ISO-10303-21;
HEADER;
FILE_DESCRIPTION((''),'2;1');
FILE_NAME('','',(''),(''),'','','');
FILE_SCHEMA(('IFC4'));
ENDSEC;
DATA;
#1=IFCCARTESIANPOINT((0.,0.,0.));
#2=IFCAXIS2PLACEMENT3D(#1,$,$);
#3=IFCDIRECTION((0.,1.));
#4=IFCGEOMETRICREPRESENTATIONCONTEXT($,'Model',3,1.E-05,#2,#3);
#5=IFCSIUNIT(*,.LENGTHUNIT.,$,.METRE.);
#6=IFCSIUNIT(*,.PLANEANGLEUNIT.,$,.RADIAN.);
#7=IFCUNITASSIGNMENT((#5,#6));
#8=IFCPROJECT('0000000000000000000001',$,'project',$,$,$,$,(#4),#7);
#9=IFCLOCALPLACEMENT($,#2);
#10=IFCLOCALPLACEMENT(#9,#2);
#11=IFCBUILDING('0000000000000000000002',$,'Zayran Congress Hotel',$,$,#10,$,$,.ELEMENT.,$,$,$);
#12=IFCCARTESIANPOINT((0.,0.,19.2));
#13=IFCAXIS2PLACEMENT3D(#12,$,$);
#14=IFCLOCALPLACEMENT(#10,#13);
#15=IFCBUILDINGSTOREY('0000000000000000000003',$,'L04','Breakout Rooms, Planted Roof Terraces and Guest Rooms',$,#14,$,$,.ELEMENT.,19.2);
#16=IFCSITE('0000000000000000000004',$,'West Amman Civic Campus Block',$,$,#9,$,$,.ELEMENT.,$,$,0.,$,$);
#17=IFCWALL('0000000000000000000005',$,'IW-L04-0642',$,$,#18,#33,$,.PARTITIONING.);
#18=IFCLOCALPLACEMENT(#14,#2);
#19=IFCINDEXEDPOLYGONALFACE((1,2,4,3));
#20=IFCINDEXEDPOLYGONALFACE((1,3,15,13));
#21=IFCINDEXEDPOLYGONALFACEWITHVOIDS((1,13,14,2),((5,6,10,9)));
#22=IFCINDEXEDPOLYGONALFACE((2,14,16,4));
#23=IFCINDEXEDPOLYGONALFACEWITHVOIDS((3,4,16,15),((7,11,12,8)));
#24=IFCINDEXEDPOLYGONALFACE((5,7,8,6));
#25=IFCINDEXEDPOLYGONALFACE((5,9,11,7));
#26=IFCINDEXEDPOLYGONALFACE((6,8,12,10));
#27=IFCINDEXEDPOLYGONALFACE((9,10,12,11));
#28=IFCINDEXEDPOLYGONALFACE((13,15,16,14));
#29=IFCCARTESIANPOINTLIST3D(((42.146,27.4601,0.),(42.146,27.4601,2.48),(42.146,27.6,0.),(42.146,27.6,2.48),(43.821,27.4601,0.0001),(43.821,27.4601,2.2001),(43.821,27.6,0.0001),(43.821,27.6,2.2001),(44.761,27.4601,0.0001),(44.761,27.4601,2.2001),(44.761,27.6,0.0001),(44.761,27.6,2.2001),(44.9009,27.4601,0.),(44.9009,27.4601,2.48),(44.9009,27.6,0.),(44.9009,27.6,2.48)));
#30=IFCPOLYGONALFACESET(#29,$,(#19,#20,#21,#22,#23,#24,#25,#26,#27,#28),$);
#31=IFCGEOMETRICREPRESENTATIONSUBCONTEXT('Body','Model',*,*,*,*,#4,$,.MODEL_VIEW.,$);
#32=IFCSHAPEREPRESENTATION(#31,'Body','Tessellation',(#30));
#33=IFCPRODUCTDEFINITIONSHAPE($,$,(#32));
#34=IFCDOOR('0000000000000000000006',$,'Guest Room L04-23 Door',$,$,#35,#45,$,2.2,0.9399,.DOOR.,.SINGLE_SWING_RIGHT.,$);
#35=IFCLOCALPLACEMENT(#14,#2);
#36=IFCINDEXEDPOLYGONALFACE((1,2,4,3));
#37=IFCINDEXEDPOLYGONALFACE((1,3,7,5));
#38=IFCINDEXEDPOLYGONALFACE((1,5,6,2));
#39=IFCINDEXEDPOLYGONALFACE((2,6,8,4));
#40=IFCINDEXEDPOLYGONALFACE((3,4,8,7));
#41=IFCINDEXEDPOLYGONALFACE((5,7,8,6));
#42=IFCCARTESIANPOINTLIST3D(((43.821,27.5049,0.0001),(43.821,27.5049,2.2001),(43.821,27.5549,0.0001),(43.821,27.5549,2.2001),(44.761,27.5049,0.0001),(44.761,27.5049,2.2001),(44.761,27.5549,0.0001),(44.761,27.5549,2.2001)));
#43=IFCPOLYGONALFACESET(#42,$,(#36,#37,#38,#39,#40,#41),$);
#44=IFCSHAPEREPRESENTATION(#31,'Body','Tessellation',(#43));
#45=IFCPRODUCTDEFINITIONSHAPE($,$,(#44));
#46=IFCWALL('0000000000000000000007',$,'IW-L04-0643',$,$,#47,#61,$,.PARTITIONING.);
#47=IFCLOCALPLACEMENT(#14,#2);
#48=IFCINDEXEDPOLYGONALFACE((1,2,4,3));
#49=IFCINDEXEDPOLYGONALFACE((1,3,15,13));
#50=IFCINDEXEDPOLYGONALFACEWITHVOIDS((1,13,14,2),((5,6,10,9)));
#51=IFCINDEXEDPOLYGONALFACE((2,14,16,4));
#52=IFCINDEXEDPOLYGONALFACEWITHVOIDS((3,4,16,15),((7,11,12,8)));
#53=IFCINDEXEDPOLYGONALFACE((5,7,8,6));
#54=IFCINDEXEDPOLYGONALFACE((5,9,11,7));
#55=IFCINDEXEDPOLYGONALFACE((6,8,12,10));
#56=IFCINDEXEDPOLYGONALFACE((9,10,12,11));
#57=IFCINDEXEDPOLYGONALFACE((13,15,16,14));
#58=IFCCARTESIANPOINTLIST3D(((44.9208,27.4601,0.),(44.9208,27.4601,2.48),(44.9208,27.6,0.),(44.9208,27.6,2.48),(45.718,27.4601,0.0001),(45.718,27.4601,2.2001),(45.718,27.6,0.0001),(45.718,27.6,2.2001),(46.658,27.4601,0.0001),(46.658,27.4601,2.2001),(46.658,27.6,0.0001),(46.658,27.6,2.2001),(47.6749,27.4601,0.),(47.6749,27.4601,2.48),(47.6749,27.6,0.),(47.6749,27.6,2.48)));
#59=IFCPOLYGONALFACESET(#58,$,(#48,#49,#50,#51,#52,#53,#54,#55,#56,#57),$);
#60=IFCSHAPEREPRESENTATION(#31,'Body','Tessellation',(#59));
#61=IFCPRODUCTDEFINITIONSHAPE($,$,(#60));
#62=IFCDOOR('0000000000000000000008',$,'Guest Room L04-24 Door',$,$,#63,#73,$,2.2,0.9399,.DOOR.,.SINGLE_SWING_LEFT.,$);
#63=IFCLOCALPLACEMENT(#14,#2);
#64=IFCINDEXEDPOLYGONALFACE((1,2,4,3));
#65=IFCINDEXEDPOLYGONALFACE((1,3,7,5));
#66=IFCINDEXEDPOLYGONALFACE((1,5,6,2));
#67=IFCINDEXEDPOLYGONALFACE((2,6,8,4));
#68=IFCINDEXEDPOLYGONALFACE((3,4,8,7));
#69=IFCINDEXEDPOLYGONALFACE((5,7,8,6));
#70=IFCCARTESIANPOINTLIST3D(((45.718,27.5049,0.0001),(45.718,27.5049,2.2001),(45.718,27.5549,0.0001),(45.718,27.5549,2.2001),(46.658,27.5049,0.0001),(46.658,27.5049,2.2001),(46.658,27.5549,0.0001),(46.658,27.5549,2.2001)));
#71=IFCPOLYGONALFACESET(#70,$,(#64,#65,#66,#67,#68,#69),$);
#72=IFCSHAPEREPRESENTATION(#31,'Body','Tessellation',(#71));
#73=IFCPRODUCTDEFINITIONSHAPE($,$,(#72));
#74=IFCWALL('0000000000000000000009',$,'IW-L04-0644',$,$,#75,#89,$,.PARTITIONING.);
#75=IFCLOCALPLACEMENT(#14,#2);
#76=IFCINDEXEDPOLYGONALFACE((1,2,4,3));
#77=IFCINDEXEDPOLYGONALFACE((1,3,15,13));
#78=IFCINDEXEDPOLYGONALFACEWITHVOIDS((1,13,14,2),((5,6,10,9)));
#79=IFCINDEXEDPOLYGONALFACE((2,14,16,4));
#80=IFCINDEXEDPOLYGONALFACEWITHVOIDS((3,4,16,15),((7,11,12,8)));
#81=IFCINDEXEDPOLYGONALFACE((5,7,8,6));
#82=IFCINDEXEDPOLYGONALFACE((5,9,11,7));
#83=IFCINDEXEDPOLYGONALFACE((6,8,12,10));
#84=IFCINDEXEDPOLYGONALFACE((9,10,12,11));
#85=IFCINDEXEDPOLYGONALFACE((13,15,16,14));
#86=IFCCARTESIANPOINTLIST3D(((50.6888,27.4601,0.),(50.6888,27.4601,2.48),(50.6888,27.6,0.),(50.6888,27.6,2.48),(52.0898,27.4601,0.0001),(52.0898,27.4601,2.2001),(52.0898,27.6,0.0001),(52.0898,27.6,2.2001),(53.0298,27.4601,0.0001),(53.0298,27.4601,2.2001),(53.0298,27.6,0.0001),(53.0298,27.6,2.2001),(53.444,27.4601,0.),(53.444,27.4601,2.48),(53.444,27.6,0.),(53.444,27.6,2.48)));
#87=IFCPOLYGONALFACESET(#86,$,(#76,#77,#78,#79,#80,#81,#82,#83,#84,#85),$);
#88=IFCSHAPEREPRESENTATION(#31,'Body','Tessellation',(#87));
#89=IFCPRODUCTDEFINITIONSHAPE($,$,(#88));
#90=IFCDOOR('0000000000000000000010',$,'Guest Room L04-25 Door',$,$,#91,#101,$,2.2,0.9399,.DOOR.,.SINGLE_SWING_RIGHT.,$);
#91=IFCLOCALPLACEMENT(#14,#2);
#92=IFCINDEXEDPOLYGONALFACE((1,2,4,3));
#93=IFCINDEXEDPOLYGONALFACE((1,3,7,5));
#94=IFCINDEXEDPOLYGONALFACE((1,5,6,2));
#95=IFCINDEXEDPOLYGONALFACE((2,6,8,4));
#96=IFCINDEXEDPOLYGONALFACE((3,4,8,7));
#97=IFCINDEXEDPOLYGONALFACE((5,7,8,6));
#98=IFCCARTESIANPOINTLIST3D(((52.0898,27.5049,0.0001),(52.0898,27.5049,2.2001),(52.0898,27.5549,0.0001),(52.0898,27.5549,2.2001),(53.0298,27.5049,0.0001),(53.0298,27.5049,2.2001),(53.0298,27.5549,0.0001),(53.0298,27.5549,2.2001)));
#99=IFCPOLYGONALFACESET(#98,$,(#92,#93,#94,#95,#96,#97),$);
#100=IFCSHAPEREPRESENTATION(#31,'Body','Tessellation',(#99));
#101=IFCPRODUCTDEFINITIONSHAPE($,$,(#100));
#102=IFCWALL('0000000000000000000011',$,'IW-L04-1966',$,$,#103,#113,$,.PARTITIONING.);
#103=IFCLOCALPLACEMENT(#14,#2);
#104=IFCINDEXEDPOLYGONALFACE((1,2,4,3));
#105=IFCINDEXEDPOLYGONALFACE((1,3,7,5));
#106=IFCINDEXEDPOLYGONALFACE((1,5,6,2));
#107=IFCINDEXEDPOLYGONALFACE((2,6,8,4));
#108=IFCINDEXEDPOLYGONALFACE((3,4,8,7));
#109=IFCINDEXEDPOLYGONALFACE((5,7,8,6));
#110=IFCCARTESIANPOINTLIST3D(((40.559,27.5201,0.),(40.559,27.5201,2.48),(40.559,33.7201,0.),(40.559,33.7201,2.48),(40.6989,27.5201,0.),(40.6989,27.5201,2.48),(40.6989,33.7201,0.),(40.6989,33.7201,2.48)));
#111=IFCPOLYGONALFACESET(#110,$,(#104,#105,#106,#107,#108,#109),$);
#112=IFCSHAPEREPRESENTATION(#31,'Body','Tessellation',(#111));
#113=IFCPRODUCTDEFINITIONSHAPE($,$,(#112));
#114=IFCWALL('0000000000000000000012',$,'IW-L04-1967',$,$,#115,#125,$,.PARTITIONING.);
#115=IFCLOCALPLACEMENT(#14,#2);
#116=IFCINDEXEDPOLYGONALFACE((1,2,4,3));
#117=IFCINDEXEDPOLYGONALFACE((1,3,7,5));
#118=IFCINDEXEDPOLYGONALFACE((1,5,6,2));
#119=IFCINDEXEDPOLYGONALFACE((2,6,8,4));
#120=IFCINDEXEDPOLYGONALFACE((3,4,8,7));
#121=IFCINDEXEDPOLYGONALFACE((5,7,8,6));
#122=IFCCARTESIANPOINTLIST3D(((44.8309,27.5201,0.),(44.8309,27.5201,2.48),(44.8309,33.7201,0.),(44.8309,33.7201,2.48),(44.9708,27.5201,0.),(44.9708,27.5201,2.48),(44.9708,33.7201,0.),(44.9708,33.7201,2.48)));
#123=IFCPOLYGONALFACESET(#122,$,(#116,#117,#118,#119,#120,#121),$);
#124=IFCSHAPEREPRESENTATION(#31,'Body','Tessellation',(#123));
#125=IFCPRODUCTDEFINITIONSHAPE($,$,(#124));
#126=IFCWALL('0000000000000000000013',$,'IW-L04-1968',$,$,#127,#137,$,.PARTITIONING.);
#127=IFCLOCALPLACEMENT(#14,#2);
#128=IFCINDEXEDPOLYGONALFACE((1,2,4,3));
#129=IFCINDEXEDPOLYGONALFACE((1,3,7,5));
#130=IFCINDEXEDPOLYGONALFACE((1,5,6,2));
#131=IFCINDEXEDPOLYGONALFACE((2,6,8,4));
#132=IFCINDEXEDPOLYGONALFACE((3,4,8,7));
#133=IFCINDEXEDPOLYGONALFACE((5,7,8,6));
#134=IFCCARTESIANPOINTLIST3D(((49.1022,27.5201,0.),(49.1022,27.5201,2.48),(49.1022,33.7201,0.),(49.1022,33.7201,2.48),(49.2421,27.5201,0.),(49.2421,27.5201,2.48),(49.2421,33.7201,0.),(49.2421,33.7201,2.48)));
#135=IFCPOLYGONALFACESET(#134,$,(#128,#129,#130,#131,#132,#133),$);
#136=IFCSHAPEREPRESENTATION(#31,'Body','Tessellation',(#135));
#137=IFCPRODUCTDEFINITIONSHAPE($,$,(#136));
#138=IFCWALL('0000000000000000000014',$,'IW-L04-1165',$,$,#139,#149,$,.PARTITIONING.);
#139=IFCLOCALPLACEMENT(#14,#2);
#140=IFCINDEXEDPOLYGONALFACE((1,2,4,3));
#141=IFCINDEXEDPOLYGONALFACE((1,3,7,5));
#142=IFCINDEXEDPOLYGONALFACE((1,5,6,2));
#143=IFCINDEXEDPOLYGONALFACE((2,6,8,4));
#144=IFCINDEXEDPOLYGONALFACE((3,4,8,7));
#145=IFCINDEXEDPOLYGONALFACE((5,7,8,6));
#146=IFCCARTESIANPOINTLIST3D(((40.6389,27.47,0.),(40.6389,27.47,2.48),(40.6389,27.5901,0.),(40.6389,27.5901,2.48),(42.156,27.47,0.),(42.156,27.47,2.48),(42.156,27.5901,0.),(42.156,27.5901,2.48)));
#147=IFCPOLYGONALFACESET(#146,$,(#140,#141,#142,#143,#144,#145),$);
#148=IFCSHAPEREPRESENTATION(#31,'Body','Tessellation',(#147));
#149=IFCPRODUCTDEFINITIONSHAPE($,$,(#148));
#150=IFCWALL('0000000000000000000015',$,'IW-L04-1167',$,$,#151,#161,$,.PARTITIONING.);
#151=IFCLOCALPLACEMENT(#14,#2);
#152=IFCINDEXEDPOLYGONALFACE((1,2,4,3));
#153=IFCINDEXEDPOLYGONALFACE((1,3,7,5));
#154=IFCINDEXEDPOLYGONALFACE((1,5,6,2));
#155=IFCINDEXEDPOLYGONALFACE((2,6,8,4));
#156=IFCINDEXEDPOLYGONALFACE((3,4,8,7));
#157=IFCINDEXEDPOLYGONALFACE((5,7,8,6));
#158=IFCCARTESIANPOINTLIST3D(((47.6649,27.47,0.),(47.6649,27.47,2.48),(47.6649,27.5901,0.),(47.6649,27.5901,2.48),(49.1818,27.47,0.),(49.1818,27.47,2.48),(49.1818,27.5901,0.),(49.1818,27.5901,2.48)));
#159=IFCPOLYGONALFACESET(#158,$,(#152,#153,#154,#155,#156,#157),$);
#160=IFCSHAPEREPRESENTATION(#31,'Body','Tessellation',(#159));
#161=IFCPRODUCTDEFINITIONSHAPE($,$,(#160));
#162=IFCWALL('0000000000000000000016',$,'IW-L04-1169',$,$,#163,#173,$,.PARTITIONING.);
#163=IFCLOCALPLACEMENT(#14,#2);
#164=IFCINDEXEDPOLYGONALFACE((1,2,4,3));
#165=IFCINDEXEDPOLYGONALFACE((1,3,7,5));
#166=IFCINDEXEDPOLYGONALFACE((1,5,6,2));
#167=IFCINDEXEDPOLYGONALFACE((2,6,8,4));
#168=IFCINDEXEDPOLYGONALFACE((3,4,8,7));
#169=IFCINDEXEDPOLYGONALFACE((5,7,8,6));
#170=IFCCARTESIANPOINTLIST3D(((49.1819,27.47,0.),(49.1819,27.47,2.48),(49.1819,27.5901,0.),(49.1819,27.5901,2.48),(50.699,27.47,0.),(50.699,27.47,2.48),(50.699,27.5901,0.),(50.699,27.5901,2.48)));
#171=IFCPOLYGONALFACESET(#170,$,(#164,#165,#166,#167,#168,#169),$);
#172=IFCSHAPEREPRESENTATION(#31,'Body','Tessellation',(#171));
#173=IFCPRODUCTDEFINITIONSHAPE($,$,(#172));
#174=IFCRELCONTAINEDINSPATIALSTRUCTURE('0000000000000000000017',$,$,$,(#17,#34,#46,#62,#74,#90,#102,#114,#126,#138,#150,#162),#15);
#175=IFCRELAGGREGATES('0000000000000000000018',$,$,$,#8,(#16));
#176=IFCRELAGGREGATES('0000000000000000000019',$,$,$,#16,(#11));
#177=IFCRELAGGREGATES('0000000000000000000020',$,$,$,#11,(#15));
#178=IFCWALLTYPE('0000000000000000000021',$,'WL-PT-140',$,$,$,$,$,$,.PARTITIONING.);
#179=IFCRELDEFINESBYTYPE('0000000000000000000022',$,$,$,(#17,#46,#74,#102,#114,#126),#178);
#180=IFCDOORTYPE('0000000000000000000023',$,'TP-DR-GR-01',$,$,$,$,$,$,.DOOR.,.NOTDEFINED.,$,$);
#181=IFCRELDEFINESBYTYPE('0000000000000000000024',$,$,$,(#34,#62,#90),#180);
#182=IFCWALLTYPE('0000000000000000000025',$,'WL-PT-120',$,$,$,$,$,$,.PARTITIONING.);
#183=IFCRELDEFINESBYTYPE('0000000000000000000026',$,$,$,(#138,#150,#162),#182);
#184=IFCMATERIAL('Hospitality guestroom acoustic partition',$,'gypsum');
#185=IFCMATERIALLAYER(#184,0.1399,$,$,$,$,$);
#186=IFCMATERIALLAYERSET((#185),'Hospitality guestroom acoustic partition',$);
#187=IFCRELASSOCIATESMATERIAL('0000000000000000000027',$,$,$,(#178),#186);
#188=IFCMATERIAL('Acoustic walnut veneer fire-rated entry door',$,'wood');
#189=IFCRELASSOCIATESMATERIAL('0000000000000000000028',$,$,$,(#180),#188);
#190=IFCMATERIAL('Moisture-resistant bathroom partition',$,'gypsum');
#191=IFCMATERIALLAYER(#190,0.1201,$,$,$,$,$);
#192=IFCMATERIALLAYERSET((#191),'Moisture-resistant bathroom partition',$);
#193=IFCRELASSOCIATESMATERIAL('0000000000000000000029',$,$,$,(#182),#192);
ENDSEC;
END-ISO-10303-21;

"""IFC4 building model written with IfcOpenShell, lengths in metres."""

from ifc_helpers import new_model, si_unit, direction, frame, frame_2d, origin, place, context, subcontext, project, spatial, rectangle, extrude, material, layer, layer_set, type_object, element, fill, save


model = new_model("IFC4")

# Units and contexts
model_context = context("Model", 3, precision=1e-05, world=origin(), true_north=direction((0.0, 1.0)))
body_context = subcontext(model_context, "Body", "Model", "MODEL_VIEW")
ifc_project = project(units=[si_unit("LENGTHUNIT", "METRE"), si_unit("PLANEANGLEUNIT", "RADIAN")], contexts=[model_context])

# Site, building, storey
site_placement = place(None, origin())
site = spatial("IfcSite", under=ifc_project, at=site_placement, Name="West Amman Civic Campus Block", CompositionType="ELEMENT", RefElevation=0.0)
building_placement = place(site_placement, origin())
building = spatial("IfcBuilding", under=site, at=building_placement, Name="Zayran Congress Hotel", CompositionType="ELEMENT")
storey_placement = place(building_placement, frame((0.0, 0.0, 19.2)))
storey = spatial("IfcBuildingStorey", under=building, at=storey_placement, Name="L04", Description="Breakout Rooms, Planted Roof Terraces and Guest Rooms", CompositionType="ELEMENT", Elevation=19.2)

# Walls, openings, doors
ifc_material_1 = material(Name="Hospitality guestroom acoustic partition", Category="gypsum")
ifc_layer_1 = layer(ifc_material_1, 0.1399)
ifc_layer_set_1 = layer_set([ifc_layer_1], Name="Hospitality guestroom acoustic partition")
wall_type_1 = type_object("IfcWallType", Name="WL-PT-140", PredefinedType="PARTITIONING", material=ifc_layer_set_1)
wall_1_placement = place(storey_placement, frame((42.146, 27.53, 0.0), z_axis=(0.0, 0.0, 1.0), x_axis=(1.0, 0.0, 0.0)))
wall_1 = element("IfcWall", 1, at=wall_1_placement, inside=storey, type_object=wall_type_1, Name="IW-L04-0642", PredefinedType="PARTITIONING", context=body_context, shape_type="SweptSolid", body=[
    extrude(rectangle(XDim=2.7549, YDim=0.1399, at=frame_2d((1.3774, 0.0))), origin(), (0.0, 0.0, 1.0), 2.48),
])
opening_1_placement = place(wall_1_placement, frame((1.675, 0.0, 0.0)))
opening_1 = element("IfcOpeningElement", 2, at=opening_1_placement, cuts=wall_1, PredefinedType="OPENING", context=body_context, shape_type="SweptSolid", body=[
    extrude(rectangle(XDim=0.9399, YDim=2.2, at=frame_2d((0.47, 1.1001))), frame((0.0, 0.0798, 0.0), z_axis=(0.0, -1.0, 0.0), x_axis=(1.0, 0.0, 0.0)), (0.0, 0.0, 1.0), 0.1599),
])
ifc_material_2 = material(Name="Acoustic walnut veneer fire-rated entry door", Category="wood")
door_type_1 = type_object("IfcDoorType", Name="TP-DR-GR-01", OperationType="NOTDEFINED", PredefinedType="DOOR", material=ifc_material_2)
door_1_placement = place(opening_1_placement, origin())
door_1 = element("IfcDoor", 3, at=door_1_placement, inside=storey, type_object=door_type_1, Name="Guest Room L04-23 Door", OperationType="SINGLE_SWING_RIGHT", OverallHeight=2.2, OverallWidth=0.9399, PredefinedType="DOOR", context=body_context, shape_type="SweptSolid", body=[
    extrude(rectangle(XDim=0.9399, YDim=2.2, at=frame_2d((0.47, 1.1001))), frame((0.0, 0.0249, 0.0), z_axis=(0.0, -1.0, 0.0), x_axis=(1.0, 0.0, 0.0)), (0.0, 0.0, 1.0), 0.05),
])
fill(opening_1, door_1)
wall_2_placement = place(storey_placement, frame((44.9209, 27.53, 0.0), z_axis=(0.0, 0.0, 1.0), x_axis=(1.0, 0.0, 0.0)))
wall_2 = element("IfcWall", 4, at=wall_2_placement, inside=storey, type_object=wall_type_1, Name="IW-L04-0643", PredefinedType="PARTITIONING", context=body_context, shape_type="SweptSolid", body=[
    extrude(rectangle(XDim=2.7542, YDim=0.1399, at=frame_2d((1.377, 0.0))), origin(), (0.0, 0.0, 1.0), 2.48),
])
opening_2_placement = place(wall_2_placement, frame((0.7971, 0.0, 0.0)))
opening_2 = element("IfcOpeningElement", 5, at=opening_2_placement, cuts=wall_2, PredefinedType="OPENING", context=body_context, shape_type="SweptSolid", body=[
    extrude(rectangle(XDim=0.9399, YDim=2.2, at=frame_2d((0.47, 1.1001))), frame((0.0, 0.0798, 0.0), z_axis=(0.0, -1.0, 0.0), x_axis=(1.0, 0.0, 0.0)), (0.0, 0.0, 1.0), 0.1599),
])
door_2_placement = place(opening_2_placement, origin())
door_2 = element("IfcDoor", 6, at=door_2_placement, inside=storey, type_object=door_type_1, Name="Guest Room L04-24 Door", OperationType="SINGLE_SWING_LEFT", OverallHeight=2.2, OverallWidth=0.9399, PredefinedType="DOOR", context=body_context, shape_type="SweptSolid", body=[
    extrude(rectangle(XDim=0.9399, YDim=2.2, at=frame_2d((0.47, 1.1001))), frame((0.0, 0.0249, 0.0), z_axis=(0.0, -1.0, 0.0), x_axis=(1.0, 0.0, 0.0)), (0.0, 0.0, 1.0), 0.05),
])
fill(opening_2, door_2)
wall_3_placement = place(storey_placement, frame((50.689, 27.53, 0.0), z_axis=(0.0, 0.0, 1.0), x_axis=(1.0, 0.0, 0.0)))
wall_3 = element("IfcWall", 7, at=wall_3_placement, inside=storey, type_object=wall_type_1, Name="IW-L04-0644", PredefinedType="PARTITIONING", context=body_context, shape_type="SweptSolid", body=[
    extrude(rectangle(XDim=2.7551, YDim=0.1399, at=frame_2d((1.3774, 0.0))), origin(), (0.0, 0.0, 1.0), 2.48),
])
opening_3_placement = place(wall_3_placement, frame((1.4009, 0.0, 0.0)))
opening_3 = element("IfcOpeningElement", 8, at=opening_3_placement, cuts=wall_3, PredefinedType="OPENING", context=body_context, shape_type="SweptSolid", body=[
    extrude(rectangle(XDim=0.9399, YDim=2.2, at=frame_2d((0.47, 1.1001))), frame((0.0, 0.0798, 0.0), z_axis=(0.0, -1.0, 0.0), x_axis=(1.0, 0.0, 0.0)), (0.0, 0.0, 1.0), 0.1599),
])
door_3_placement = place(opening_3_placement, origin())
door_3 = element("IfcDoor", 9, at=door_3_placement, inside=storey, type_object=door_type_1, Name="Guest Room L04-25 Door", OperationType="SINGLE_SWING_RIGHT", OverallHeight=2.2, OverallWidth=0.9399, PredefinedType="DOOR", context=body_context, shape_type="SweptSolid", body=[
    extrude(rectangle(XDim=0.9399, YDim=2.2, at=frame_2d((0.47, 1.1001))), frame((0.0, 0.0249, 0.0), z_axis=(0.0, -1.0, 0.0), x_axis=(1.0, 0.0, 0.0)), (0.0, 0.0, 1.0), 0.05),
])
fill(opening_3, door_3)

# Walls
for number, where, z_axis, x_axis, name in (
    (10, (40.6289, 27.52, 0.0), (0.0, 0.0, 1.0), (0.0, 1.0, 0.0), "IW-L04-1966"),
    (11, (44.9009, 27.52, 0.0), (0.0, 0.0, 1.0), (0.0, 1.0, 0.0), "IW-L04-1967"),
    (12, (49.1721, 27.52, 0.0), (0.0, 0.0, 1.0), (0.0, 1.0, 0.0), "IW-L04-1968"),
):
    element("IfcWall", number, at=place(storey_placement, frame(where, z_axis=z_axis, x_axis=x_axis)), inside=storey, type_object=wall_type_1, Name=name, PredefinedType="PARTITIONING", context=body_context, shape_type="SweptSolid", body=[
        extrude(rectangle(XDim=6.2, YDim=0.1399, at=frame_2d((3.1001, 0.0))), origin(), (0.0, 0.0, 1.0), 2.48),
    ])

# Shared definitions
ifc_material_3 = material(Name="Moisture-resistant bathroom partition", Category="gypsum")
ifc_layer_2 = layer(ifc_material_3, 0.1201)
ifc_layer_set_2 = layer_set([ifc_layer_2], Name="Moisture-resistant bathroom partition")
wall_type_2 = type_object("IfcWallType", Name="WL-PT-120", PredefinedType="PARTITIONING", material=ifc_layer_set_2)

# Walls
wall_4_placement = place(storey_placement, frame((40.6389, 27.53, 0.0), z_axis=(0.0, 0.0, 1.0), x_axis=(1.0, 0.0, 0.0)))
element("IfcWall", 13, at=wall_4_placement, inside=storey, type_object=wall_type_2, Name="IW-L04-1165", PredefinedType="PARTITIONING", context=body_context, shape_type="SweptSolid", body=[
    extrude(rectangle(XDim=1.5171, YDim=0.1201, at=frame_2d((0.7585, 0.0))), origin(), (0.0, 0.0, 1.0), 2.48),
])
wall_5_placement = place(storey_placement, frame((47.665, 27.53, 0.0), z_axis=(0.0, 0.0, 1.0), x_axis=(1.0, 0.0, 0.0)))
element("IfcWall", 14, at=wall_5_placement, inside=storey, type_object=wall_type_2, Name="IW-L04-1167", PredefinedType="PARTITIONING", context=body_context, shape_type="SweptSolid", body=[
    extrude(rectangle(XDim=1.5168, YDim=0.1201, at=frame_2d((0.7583, 0.0))), origin(), (0.0, 0.0, 1.0), 2.48),
])
wall_6_placement = place(storey_placement, frame((49.1819, 27.53, 0.0), z_axis=(0.0, 0.0, 1.0), x_axis=(1.0, 0.0, 0.0)))
element("IfcWall", 15, at=wall_6_placement, inside=storey, type_object=wall_type_2, Name="IW-L04-1169", PredefinedType="PARTITIONING", context=body_context, shape_type="SweptSolid", body=[
    extrude(rectangle(XDim=1.5171, YDim=0.1201, at=frame_2d((0.7585, 0.0))), origin(), (0.0, 0.0, 1.0), 2.48),
])

save(model, "model.ifc")
